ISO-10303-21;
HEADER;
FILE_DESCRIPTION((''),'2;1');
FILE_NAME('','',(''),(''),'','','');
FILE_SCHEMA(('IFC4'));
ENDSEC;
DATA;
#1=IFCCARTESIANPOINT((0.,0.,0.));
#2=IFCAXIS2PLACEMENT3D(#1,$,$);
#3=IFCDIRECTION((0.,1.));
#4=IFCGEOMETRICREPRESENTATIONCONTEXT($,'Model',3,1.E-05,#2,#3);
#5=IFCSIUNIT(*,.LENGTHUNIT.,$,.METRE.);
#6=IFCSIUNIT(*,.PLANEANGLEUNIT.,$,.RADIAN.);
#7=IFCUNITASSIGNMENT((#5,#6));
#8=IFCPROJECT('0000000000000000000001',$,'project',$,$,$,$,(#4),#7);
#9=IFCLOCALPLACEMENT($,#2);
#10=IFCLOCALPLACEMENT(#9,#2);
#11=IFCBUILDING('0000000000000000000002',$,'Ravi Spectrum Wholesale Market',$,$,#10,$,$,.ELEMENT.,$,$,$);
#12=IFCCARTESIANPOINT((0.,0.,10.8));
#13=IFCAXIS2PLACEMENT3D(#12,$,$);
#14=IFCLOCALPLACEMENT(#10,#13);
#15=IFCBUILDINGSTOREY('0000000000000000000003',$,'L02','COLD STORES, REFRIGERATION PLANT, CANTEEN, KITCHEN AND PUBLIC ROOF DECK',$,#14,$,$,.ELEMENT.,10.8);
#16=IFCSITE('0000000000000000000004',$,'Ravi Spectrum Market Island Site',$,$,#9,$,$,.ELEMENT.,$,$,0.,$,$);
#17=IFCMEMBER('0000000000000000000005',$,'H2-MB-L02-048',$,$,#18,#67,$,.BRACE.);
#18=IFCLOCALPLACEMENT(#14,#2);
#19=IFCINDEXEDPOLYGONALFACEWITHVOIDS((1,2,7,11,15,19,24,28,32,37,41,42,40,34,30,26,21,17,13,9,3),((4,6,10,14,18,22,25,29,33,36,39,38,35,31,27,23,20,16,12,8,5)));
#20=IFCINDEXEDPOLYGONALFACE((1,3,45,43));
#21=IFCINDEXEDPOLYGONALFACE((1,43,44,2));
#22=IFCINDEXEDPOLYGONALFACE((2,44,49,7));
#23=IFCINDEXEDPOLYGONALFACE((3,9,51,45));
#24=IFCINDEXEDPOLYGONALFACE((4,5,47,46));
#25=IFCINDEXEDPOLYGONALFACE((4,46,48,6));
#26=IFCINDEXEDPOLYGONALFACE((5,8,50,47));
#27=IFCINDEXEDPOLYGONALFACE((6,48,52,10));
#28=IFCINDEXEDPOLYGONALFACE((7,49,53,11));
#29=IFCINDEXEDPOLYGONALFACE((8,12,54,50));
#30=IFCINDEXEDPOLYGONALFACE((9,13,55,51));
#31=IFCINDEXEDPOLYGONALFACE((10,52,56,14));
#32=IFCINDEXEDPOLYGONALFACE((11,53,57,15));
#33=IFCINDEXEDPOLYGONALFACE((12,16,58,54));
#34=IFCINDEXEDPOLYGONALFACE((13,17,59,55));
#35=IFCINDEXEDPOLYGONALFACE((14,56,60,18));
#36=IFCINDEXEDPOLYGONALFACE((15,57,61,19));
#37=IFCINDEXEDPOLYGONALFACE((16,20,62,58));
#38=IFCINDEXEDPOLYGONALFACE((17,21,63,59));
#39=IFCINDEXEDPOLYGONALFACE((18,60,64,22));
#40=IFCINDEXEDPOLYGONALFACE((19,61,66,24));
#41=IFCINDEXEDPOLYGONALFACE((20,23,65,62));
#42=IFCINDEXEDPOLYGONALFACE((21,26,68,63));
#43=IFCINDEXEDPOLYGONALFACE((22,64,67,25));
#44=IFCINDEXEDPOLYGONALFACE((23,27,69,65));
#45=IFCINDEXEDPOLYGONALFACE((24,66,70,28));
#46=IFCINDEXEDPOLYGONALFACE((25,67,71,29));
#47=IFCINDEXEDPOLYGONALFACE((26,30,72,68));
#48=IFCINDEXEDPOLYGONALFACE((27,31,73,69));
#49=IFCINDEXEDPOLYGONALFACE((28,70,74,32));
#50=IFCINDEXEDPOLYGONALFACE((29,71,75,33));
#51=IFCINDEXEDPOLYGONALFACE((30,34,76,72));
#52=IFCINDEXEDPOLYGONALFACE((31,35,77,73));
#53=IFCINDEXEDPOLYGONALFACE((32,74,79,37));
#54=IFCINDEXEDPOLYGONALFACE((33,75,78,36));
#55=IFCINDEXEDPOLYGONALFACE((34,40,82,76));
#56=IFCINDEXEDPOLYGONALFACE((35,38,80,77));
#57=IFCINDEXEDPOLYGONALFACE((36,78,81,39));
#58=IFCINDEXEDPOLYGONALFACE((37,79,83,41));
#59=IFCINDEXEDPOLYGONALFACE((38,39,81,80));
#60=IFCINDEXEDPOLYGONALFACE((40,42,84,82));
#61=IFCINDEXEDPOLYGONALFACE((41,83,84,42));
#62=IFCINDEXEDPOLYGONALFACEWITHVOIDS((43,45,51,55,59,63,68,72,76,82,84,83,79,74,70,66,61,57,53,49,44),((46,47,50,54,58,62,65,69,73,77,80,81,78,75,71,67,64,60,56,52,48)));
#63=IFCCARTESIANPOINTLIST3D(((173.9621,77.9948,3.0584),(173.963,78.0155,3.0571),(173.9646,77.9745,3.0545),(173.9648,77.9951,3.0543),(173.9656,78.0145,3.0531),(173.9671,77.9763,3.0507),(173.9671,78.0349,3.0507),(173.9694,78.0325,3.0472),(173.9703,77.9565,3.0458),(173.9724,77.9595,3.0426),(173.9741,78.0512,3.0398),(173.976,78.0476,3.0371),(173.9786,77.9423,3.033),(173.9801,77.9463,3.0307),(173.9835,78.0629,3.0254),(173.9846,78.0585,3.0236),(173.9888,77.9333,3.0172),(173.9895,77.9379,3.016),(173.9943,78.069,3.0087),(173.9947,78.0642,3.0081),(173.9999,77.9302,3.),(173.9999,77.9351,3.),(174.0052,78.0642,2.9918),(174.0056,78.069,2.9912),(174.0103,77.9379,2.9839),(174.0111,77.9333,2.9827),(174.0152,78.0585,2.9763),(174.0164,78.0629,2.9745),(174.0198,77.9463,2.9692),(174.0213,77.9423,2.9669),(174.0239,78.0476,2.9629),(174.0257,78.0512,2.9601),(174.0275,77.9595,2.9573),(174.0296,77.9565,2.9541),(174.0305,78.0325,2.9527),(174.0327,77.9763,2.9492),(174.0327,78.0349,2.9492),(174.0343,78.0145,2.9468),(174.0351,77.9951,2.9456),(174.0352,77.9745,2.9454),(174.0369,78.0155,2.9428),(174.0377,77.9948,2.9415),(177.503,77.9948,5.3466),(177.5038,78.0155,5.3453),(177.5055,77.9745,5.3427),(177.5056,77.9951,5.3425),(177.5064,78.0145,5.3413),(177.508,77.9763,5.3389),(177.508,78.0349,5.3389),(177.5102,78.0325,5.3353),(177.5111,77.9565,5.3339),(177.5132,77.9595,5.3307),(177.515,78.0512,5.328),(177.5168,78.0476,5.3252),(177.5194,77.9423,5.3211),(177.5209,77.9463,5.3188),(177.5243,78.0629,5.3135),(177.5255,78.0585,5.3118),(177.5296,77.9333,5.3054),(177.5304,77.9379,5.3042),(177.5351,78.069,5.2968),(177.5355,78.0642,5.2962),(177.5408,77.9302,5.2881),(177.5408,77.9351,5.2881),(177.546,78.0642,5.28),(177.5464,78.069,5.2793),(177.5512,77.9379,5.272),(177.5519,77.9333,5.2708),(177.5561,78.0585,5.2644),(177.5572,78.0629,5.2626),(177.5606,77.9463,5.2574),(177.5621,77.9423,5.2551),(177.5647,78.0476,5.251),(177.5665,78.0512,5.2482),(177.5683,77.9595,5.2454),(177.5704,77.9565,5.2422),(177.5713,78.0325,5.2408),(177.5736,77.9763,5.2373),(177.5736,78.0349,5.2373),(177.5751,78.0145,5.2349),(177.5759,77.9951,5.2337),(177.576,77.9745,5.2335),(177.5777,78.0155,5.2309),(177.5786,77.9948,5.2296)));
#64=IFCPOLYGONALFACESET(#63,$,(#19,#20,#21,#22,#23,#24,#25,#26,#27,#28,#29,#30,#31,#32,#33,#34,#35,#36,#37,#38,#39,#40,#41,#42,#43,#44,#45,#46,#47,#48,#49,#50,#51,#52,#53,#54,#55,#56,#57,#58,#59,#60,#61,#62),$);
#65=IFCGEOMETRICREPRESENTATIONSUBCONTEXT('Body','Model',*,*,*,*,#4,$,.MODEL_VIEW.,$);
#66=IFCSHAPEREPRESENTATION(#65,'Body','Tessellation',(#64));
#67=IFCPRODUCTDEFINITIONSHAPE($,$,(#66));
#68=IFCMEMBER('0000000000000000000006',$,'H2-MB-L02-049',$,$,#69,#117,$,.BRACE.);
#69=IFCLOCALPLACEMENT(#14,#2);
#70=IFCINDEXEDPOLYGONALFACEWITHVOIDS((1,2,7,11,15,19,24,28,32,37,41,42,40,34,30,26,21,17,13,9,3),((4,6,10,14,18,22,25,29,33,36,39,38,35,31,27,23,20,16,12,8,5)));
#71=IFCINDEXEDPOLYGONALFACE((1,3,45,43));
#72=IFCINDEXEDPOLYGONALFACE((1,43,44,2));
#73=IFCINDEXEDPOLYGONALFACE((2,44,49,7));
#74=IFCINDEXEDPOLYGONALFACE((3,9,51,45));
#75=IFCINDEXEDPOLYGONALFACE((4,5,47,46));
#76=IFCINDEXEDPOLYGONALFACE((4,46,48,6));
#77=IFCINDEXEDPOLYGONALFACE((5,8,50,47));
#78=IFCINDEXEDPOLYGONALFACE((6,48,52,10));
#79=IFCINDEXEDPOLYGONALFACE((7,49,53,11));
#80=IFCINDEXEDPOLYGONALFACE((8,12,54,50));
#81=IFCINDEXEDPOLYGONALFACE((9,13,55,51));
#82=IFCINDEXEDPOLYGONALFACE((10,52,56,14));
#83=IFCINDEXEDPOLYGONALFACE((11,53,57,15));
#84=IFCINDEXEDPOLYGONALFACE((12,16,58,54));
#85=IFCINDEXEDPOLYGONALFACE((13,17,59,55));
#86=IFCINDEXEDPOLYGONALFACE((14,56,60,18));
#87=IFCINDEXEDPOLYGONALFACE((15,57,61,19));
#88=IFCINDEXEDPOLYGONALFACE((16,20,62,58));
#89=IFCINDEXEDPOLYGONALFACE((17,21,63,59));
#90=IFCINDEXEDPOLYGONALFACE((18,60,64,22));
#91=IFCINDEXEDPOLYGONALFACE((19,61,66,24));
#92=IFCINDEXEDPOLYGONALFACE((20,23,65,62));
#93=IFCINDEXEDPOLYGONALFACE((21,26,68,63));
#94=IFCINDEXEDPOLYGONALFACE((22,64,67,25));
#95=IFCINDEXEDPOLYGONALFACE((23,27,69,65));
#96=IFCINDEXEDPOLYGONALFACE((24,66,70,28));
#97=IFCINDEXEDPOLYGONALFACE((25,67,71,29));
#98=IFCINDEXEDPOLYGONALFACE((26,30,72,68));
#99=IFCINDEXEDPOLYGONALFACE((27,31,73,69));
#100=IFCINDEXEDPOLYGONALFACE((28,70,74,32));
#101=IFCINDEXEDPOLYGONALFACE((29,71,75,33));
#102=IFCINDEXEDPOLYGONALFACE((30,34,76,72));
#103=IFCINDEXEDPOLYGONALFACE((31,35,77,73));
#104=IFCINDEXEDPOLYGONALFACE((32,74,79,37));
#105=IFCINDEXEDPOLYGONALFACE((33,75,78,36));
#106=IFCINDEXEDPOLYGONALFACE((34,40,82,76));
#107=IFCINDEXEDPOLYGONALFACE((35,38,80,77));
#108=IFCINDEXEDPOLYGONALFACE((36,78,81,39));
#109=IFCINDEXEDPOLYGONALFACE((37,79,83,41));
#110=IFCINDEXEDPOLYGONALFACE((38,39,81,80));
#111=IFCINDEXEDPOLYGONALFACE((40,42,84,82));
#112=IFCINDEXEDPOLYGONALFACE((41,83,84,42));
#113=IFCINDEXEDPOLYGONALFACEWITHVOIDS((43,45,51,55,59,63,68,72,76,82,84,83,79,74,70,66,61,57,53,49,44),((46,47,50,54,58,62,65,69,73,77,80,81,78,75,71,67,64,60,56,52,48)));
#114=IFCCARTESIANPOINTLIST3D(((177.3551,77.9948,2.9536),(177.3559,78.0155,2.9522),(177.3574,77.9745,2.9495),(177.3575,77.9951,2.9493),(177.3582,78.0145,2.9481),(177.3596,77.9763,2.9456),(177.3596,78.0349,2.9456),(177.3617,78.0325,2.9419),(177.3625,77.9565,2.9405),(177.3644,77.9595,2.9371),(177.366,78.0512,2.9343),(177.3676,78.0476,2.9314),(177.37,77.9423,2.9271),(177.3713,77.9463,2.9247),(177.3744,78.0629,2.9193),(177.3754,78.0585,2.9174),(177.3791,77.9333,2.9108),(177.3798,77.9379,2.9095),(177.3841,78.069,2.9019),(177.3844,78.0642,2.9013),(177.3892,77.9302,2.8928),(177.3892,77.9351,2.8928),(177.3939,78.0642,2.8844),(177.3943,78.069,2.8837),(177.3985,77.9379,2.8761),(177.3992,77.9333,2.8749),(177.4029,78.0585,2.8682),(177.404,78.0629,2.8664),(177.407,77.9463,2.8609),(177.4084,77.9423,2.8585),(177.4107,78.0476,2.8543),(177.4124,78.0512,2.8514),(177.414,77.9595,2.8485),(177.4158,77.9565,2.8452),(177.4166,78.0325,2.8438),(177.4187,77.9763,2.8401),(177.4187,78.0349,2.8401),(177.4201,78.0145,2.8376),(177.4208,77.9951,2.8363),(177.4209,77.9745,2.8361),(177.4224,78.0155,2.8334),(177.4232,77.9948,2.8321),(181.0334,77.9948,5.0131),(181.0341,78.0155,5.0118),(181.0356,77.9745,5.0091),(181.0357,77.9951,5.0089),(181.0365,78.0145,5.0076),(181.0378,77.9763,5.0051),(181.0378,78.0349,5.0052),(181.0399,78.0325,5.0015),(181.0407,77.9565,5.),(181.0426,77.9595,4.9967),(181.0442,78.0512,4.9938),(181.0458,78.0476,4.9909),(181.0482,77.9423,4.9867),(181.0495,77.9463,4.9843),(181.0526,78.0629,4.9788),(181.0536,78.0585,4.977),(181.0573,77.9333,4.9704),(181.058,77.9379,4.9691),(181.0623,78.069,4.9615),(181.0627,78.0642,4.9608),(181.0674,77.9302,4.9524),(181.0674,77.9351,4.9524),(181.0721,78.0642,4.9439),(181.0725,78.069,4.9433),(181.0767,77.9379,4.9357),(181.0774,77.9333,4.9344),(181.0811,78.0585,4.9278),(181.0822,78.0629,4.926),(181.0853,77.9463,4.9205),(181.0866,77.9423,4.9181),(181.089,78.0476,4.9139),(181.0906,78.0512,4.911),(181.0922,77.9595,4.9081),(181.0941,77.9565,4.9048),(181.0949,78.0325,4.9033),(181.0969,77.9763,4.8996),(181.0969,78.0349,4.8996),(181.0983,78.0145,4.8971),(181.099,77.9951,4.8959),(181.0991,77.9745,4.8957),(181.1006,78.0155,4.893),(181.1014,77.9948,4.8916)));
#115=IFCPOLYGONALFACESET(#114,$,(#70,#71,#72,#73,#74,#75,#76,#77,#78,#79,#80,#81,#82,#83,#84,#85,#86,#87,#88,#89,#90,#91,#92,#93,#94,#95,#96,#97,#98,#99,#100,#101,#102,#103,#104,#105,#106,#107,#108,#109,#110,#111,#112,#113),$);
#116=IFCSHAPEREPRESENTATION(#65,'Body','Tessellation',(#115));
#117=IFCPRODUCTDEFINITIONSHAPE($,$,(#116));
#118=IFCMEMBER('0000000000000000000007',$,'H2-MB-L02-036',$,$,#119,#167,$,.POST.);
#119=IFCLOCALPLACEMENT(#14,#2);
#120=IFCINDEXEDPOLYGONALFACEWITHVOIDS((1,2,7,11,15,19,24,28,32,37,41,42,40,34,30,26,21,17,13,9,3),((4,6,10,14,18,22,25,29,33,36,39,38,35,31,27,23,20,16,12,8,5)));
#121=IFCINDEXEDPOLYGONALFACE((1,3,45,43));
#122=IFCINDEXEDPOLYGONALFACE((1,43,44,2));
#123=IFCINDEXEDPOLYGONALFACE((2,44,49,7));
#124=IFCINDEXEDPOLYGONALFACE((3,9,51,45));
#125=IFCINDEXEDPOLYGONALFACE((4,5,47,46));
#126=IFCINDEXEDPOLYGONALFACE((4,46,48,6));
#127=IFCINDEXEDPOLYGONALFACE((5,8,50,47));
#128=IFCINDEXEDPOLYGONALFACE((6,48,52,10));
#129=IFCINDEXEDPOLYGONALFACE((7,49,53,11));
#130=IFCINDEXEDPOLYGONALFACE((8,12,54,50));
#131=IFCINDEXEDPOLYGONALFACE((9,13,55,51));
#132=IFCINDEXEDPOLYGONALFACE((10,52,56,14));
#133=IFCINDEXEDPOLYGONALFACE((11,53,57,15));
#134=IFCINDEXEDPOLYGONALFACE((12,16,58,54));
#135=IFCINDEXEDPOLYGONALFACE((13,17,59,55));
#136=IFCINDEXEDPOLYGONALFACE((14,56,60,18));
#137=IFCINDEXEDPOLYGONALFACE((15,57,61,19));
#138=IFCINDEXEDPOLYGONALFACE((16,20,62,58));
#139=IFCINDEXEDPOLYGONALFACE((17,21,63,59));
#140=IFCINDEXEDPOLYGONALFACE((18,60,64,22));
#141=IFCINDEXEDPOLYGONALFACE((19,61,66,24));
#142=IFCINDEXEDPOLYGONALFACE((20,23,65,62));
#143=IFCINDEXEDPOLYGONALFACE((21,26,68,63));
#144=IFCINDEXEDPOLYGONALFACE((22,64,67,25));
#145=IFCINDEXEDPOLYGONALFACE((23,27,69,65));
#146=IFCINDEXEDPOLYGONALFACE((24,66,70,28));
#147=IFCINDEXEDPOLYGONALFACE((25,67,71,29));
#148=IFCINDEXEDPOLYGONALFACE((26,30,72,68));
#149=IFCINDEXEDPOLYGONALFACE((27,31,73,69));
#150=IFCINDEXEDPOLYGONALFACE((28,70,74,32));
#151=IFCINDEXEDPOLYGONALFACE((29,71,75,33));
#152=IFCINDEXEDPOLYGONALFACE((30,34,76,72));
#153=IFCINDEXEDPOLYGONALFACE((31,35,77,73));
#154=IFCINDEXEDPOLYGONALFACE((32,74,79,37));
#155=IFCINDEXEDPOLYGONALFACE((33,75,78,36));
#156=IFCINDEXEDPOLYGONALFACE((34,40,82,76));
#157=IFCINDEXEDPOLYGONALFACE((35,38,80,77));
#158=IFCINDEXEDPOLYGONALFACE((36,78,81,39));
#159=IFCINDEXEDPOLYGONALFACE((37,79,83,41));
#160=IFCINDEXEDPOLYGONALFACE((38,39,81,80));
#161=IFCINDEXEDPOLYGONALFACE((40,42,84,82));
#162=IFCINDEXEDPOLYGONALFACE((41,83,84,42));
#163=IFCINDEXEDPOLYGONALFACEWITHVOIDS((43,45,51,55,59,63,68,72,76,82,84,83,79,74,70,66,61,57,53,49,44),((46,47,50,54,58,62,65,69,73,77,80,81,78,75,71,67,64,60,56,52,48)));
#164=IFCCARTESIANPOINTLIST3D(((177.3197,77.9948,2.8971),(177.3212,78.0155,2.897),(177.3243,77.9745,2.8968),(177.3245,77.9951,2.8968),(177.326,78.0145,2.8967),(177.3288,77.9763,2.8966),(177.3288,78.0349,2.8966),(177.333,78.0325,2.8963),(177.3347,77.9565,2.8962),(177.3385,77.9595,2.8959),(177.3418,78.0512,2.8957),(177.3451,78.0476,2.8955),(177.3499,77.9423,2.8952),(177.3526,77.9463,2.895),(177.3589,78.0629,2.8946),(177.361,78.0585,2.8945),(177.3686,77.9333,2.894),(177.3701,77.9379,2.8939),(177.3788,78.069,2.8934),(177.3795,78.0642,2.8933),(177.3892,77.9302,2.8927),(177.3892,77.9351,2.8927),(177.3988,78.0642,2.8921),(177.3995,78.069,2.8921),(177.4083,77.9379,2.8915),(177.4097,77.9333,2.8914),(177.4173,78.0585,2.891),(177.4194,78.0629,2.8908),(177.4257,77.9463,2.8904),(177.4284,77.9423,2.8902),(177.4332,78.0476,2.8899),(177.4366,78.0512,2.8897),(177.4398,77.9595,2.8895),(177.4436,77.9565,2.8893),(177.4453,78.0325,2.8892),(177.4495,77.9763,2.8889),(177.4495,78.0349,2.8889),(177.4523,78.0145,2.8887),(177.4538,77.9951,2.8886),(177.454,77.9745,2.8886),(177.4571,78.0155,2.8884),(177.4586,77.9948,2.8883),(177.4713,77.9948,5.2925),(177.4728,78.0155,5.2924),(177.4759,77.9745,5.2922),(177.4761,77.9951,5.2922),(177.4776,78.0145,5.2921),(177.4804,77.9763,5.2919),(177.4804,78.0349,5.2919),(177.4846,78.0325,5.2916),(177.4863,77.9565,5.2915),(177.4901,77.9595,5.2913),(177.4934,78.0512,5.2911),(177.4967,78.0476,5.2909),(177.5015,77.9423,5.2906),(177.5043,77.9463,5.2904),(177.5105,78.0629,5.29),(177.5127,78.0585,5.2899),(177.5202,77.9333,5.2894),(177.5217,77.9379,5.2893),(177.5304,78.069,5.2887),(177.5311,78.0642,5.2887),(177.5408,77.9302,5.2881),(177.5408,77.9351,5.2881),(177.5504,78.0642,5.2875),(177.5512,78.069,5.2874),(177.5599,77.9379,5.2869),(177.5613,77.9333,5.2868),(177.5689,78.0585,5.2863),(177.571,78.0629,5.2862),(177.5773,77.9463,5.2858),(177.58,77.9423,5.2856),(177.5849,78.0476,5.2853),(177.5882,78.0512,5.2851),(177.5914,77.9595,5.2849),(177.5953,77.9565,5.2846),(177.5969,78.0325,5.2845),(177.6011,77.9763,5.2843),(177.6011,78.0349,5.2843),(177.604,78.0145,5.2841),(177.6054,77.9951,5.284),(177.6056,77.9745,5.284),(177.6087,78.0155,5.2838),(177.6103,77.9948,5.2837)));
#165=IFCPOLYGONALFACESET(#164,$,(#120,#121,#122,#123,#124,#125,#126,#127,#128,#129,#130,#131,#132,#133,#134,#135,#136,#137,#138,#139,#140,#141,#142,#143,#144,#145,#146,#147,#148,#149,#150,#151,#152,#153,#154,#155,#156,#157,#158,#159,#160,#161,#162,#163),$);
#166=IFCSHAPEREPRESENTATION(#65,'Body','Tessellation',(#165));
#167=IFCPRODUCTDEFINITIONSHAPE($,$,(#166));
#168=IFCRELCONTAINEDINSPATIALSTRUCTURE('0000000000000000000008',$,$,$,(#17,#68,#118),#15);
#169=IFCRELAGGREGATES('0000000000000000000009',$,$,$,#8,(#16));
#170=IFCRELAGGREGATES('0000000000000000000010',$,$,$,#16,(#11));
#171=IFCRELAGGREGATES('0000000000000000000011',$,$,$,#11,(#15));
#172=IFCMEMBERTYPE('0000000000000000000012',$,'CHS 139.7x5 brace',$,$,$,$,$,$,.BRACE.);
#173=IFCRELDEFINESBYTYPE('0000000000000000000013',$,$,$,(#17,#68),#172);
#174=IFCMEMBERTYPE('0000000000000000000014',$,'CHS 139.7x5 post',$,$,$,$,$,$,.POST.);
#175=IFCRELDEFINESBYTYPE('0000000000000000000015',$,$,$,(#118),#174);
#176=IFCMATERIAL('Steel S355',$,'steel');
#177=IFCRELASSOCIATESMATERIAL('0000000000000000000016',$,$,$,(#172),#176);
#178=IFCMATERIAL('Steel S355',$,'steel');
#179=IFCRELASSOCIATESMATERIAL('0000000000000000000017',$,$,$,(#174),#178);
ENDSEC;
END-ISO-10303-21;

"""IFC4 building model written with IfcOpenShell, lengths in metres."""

from ifc_helpers import new_model, si_unit, direction, frame, origin, origin_2d, place, context, subcontext, project, spatial, hollow_circle, extrude, material, material_profile, profile_set, type_object, element, save


model = new_model("IFC4")

# Units and contexts
model_context = context("Model", 3, precision=1e-05, world=origin(), true_north=direction((0.0, 1.0)))
body_context = subcontext(model_context, "Body", "Model", "MODEL_VIEW")
ifc_project = project(units=[si_unit("LENGTHUNIT", "METRE"), si_unit("PLANEANGLEUNIT", "RADIAN")], contexts=[model_context])

# Site, building, storey
site_placement = place(None, origin())
site = spatial("IfcSite", under=ifc_project, at=site_placement, Name="Ravi Spectrum Market Island Site", CompositionType="ELEMENT", RefElevation=0.0)
building_placement = place(site_placement, origin())
building = spatial("IfcBuilding", under=site, at=building_placement, Name="Ravi Spectrum Wholesale Market", CompositionType="ELEMENT")
storey_placement = place(building_placement, frame((0.0, 0.0, 10.8)))
storey = spatial("IfcBuildingStorey", under=building, at=storey_placement, Name="L02", Description="COLD STORES, REFRIGERATION PLANT, CANTEEN, KITCHEN AND PUBLIC ROOF DECK", CompositionType="ELEMENT", Elevation=10.8)

# Members
ifc_material_1 = material(Name="Steel S355", Category="steel")
ifc_material_profile_1 = material_profile(ifc_material_1, hollow_circle(Radius=0.0698, WallThickness=0.0049, at=origin_2d()))
ifc_profile_set_1 = profile_set([ifc_material_profile_1], Name="Steel S355")
member_type_1 = type_object("IfcMemberType", Name="CHS 139.7x5 brace", PredefinedType="BRACE", material=ifc_profile_set_1)
member_1_placement = place(storey_placement, frame((177.5408, 78.0, 5.2881), z_axis=(-0.839895, 0.0, -0.542749), x_axis=(0.0, -1.0, 0.0)))
element("IfcMember", 1, at=member_1_placement, inside=storey, type_object=member_type_1, Name="H2-MB-L02-048", PredefinedType="BRACE", context=body_context, shape_type="SweptSolid", body=[
    extrude(hollow_circle(Radius=0.0698, WallThickness=0.0049, at=origin_2d()), origin(), (0.0, 0.0, 1.0), 4.2158),
])
member_2_placement = place(storey_placement, frame((181.0674, 78.0, 4.9524), z_axis=(-0.87253, 0.0, -0.488561), x_axis=(0.0, -1.0, 0.0)))
element("IfcMember", 2, at=member_2_placement, inside=storey, type_object=member_type_1, Name="H2-MB-L02-049", PredefinedType="BRACE", context=body_context, shape_type="SweptSolid", body=[
    extrude(hollow_circle(Radius=0.0698, WallThickness=0.0049, at=origin_2d()), origin(), (0.0, 0.0, 1.0), 4.2156),
])
ifc_material_2 = material(Name="Steel S355", Category="steel")
ifc_material_profile_2 = material_profile(ifc_material_2, hollow_circle(Radius=0.0698, WallThickness=0.0049, at=origin_2d()))
ifc_profile_set_2 = profile_set([ifc_material_profile_2], Name="Steel S355")
member_type_2 = type_object("IfcMemberType", Name="CHS 139.7x5 post", PredefinedType="POST", material=ifc_profile_set_2)
for number, where, z_axis, x_axis, name in (
    (3, (177.5408, 78.0, 5.2881), (-0.06317, 0.0, -0.998003), (0.0, -1.0, 0.0), "H2-MB-L02-036"),
):
    element("IfcMember", number, at=place(storey_placement, frame(where, z_axis=z_axis, x_axis=x_axis)), inside=storey, type_object=member_type_2, Name=name, PredefinedType="POST", context=body_context, shape_type="SweptSolid", body=[
        extrude(hollow_circle(Radius=0.0698, WallThickness=0.0049, at=origin_2d()), origin(), (0.0, 0.0, 1.0), 2.4001),
    ])

save(model, "model.ifc")
